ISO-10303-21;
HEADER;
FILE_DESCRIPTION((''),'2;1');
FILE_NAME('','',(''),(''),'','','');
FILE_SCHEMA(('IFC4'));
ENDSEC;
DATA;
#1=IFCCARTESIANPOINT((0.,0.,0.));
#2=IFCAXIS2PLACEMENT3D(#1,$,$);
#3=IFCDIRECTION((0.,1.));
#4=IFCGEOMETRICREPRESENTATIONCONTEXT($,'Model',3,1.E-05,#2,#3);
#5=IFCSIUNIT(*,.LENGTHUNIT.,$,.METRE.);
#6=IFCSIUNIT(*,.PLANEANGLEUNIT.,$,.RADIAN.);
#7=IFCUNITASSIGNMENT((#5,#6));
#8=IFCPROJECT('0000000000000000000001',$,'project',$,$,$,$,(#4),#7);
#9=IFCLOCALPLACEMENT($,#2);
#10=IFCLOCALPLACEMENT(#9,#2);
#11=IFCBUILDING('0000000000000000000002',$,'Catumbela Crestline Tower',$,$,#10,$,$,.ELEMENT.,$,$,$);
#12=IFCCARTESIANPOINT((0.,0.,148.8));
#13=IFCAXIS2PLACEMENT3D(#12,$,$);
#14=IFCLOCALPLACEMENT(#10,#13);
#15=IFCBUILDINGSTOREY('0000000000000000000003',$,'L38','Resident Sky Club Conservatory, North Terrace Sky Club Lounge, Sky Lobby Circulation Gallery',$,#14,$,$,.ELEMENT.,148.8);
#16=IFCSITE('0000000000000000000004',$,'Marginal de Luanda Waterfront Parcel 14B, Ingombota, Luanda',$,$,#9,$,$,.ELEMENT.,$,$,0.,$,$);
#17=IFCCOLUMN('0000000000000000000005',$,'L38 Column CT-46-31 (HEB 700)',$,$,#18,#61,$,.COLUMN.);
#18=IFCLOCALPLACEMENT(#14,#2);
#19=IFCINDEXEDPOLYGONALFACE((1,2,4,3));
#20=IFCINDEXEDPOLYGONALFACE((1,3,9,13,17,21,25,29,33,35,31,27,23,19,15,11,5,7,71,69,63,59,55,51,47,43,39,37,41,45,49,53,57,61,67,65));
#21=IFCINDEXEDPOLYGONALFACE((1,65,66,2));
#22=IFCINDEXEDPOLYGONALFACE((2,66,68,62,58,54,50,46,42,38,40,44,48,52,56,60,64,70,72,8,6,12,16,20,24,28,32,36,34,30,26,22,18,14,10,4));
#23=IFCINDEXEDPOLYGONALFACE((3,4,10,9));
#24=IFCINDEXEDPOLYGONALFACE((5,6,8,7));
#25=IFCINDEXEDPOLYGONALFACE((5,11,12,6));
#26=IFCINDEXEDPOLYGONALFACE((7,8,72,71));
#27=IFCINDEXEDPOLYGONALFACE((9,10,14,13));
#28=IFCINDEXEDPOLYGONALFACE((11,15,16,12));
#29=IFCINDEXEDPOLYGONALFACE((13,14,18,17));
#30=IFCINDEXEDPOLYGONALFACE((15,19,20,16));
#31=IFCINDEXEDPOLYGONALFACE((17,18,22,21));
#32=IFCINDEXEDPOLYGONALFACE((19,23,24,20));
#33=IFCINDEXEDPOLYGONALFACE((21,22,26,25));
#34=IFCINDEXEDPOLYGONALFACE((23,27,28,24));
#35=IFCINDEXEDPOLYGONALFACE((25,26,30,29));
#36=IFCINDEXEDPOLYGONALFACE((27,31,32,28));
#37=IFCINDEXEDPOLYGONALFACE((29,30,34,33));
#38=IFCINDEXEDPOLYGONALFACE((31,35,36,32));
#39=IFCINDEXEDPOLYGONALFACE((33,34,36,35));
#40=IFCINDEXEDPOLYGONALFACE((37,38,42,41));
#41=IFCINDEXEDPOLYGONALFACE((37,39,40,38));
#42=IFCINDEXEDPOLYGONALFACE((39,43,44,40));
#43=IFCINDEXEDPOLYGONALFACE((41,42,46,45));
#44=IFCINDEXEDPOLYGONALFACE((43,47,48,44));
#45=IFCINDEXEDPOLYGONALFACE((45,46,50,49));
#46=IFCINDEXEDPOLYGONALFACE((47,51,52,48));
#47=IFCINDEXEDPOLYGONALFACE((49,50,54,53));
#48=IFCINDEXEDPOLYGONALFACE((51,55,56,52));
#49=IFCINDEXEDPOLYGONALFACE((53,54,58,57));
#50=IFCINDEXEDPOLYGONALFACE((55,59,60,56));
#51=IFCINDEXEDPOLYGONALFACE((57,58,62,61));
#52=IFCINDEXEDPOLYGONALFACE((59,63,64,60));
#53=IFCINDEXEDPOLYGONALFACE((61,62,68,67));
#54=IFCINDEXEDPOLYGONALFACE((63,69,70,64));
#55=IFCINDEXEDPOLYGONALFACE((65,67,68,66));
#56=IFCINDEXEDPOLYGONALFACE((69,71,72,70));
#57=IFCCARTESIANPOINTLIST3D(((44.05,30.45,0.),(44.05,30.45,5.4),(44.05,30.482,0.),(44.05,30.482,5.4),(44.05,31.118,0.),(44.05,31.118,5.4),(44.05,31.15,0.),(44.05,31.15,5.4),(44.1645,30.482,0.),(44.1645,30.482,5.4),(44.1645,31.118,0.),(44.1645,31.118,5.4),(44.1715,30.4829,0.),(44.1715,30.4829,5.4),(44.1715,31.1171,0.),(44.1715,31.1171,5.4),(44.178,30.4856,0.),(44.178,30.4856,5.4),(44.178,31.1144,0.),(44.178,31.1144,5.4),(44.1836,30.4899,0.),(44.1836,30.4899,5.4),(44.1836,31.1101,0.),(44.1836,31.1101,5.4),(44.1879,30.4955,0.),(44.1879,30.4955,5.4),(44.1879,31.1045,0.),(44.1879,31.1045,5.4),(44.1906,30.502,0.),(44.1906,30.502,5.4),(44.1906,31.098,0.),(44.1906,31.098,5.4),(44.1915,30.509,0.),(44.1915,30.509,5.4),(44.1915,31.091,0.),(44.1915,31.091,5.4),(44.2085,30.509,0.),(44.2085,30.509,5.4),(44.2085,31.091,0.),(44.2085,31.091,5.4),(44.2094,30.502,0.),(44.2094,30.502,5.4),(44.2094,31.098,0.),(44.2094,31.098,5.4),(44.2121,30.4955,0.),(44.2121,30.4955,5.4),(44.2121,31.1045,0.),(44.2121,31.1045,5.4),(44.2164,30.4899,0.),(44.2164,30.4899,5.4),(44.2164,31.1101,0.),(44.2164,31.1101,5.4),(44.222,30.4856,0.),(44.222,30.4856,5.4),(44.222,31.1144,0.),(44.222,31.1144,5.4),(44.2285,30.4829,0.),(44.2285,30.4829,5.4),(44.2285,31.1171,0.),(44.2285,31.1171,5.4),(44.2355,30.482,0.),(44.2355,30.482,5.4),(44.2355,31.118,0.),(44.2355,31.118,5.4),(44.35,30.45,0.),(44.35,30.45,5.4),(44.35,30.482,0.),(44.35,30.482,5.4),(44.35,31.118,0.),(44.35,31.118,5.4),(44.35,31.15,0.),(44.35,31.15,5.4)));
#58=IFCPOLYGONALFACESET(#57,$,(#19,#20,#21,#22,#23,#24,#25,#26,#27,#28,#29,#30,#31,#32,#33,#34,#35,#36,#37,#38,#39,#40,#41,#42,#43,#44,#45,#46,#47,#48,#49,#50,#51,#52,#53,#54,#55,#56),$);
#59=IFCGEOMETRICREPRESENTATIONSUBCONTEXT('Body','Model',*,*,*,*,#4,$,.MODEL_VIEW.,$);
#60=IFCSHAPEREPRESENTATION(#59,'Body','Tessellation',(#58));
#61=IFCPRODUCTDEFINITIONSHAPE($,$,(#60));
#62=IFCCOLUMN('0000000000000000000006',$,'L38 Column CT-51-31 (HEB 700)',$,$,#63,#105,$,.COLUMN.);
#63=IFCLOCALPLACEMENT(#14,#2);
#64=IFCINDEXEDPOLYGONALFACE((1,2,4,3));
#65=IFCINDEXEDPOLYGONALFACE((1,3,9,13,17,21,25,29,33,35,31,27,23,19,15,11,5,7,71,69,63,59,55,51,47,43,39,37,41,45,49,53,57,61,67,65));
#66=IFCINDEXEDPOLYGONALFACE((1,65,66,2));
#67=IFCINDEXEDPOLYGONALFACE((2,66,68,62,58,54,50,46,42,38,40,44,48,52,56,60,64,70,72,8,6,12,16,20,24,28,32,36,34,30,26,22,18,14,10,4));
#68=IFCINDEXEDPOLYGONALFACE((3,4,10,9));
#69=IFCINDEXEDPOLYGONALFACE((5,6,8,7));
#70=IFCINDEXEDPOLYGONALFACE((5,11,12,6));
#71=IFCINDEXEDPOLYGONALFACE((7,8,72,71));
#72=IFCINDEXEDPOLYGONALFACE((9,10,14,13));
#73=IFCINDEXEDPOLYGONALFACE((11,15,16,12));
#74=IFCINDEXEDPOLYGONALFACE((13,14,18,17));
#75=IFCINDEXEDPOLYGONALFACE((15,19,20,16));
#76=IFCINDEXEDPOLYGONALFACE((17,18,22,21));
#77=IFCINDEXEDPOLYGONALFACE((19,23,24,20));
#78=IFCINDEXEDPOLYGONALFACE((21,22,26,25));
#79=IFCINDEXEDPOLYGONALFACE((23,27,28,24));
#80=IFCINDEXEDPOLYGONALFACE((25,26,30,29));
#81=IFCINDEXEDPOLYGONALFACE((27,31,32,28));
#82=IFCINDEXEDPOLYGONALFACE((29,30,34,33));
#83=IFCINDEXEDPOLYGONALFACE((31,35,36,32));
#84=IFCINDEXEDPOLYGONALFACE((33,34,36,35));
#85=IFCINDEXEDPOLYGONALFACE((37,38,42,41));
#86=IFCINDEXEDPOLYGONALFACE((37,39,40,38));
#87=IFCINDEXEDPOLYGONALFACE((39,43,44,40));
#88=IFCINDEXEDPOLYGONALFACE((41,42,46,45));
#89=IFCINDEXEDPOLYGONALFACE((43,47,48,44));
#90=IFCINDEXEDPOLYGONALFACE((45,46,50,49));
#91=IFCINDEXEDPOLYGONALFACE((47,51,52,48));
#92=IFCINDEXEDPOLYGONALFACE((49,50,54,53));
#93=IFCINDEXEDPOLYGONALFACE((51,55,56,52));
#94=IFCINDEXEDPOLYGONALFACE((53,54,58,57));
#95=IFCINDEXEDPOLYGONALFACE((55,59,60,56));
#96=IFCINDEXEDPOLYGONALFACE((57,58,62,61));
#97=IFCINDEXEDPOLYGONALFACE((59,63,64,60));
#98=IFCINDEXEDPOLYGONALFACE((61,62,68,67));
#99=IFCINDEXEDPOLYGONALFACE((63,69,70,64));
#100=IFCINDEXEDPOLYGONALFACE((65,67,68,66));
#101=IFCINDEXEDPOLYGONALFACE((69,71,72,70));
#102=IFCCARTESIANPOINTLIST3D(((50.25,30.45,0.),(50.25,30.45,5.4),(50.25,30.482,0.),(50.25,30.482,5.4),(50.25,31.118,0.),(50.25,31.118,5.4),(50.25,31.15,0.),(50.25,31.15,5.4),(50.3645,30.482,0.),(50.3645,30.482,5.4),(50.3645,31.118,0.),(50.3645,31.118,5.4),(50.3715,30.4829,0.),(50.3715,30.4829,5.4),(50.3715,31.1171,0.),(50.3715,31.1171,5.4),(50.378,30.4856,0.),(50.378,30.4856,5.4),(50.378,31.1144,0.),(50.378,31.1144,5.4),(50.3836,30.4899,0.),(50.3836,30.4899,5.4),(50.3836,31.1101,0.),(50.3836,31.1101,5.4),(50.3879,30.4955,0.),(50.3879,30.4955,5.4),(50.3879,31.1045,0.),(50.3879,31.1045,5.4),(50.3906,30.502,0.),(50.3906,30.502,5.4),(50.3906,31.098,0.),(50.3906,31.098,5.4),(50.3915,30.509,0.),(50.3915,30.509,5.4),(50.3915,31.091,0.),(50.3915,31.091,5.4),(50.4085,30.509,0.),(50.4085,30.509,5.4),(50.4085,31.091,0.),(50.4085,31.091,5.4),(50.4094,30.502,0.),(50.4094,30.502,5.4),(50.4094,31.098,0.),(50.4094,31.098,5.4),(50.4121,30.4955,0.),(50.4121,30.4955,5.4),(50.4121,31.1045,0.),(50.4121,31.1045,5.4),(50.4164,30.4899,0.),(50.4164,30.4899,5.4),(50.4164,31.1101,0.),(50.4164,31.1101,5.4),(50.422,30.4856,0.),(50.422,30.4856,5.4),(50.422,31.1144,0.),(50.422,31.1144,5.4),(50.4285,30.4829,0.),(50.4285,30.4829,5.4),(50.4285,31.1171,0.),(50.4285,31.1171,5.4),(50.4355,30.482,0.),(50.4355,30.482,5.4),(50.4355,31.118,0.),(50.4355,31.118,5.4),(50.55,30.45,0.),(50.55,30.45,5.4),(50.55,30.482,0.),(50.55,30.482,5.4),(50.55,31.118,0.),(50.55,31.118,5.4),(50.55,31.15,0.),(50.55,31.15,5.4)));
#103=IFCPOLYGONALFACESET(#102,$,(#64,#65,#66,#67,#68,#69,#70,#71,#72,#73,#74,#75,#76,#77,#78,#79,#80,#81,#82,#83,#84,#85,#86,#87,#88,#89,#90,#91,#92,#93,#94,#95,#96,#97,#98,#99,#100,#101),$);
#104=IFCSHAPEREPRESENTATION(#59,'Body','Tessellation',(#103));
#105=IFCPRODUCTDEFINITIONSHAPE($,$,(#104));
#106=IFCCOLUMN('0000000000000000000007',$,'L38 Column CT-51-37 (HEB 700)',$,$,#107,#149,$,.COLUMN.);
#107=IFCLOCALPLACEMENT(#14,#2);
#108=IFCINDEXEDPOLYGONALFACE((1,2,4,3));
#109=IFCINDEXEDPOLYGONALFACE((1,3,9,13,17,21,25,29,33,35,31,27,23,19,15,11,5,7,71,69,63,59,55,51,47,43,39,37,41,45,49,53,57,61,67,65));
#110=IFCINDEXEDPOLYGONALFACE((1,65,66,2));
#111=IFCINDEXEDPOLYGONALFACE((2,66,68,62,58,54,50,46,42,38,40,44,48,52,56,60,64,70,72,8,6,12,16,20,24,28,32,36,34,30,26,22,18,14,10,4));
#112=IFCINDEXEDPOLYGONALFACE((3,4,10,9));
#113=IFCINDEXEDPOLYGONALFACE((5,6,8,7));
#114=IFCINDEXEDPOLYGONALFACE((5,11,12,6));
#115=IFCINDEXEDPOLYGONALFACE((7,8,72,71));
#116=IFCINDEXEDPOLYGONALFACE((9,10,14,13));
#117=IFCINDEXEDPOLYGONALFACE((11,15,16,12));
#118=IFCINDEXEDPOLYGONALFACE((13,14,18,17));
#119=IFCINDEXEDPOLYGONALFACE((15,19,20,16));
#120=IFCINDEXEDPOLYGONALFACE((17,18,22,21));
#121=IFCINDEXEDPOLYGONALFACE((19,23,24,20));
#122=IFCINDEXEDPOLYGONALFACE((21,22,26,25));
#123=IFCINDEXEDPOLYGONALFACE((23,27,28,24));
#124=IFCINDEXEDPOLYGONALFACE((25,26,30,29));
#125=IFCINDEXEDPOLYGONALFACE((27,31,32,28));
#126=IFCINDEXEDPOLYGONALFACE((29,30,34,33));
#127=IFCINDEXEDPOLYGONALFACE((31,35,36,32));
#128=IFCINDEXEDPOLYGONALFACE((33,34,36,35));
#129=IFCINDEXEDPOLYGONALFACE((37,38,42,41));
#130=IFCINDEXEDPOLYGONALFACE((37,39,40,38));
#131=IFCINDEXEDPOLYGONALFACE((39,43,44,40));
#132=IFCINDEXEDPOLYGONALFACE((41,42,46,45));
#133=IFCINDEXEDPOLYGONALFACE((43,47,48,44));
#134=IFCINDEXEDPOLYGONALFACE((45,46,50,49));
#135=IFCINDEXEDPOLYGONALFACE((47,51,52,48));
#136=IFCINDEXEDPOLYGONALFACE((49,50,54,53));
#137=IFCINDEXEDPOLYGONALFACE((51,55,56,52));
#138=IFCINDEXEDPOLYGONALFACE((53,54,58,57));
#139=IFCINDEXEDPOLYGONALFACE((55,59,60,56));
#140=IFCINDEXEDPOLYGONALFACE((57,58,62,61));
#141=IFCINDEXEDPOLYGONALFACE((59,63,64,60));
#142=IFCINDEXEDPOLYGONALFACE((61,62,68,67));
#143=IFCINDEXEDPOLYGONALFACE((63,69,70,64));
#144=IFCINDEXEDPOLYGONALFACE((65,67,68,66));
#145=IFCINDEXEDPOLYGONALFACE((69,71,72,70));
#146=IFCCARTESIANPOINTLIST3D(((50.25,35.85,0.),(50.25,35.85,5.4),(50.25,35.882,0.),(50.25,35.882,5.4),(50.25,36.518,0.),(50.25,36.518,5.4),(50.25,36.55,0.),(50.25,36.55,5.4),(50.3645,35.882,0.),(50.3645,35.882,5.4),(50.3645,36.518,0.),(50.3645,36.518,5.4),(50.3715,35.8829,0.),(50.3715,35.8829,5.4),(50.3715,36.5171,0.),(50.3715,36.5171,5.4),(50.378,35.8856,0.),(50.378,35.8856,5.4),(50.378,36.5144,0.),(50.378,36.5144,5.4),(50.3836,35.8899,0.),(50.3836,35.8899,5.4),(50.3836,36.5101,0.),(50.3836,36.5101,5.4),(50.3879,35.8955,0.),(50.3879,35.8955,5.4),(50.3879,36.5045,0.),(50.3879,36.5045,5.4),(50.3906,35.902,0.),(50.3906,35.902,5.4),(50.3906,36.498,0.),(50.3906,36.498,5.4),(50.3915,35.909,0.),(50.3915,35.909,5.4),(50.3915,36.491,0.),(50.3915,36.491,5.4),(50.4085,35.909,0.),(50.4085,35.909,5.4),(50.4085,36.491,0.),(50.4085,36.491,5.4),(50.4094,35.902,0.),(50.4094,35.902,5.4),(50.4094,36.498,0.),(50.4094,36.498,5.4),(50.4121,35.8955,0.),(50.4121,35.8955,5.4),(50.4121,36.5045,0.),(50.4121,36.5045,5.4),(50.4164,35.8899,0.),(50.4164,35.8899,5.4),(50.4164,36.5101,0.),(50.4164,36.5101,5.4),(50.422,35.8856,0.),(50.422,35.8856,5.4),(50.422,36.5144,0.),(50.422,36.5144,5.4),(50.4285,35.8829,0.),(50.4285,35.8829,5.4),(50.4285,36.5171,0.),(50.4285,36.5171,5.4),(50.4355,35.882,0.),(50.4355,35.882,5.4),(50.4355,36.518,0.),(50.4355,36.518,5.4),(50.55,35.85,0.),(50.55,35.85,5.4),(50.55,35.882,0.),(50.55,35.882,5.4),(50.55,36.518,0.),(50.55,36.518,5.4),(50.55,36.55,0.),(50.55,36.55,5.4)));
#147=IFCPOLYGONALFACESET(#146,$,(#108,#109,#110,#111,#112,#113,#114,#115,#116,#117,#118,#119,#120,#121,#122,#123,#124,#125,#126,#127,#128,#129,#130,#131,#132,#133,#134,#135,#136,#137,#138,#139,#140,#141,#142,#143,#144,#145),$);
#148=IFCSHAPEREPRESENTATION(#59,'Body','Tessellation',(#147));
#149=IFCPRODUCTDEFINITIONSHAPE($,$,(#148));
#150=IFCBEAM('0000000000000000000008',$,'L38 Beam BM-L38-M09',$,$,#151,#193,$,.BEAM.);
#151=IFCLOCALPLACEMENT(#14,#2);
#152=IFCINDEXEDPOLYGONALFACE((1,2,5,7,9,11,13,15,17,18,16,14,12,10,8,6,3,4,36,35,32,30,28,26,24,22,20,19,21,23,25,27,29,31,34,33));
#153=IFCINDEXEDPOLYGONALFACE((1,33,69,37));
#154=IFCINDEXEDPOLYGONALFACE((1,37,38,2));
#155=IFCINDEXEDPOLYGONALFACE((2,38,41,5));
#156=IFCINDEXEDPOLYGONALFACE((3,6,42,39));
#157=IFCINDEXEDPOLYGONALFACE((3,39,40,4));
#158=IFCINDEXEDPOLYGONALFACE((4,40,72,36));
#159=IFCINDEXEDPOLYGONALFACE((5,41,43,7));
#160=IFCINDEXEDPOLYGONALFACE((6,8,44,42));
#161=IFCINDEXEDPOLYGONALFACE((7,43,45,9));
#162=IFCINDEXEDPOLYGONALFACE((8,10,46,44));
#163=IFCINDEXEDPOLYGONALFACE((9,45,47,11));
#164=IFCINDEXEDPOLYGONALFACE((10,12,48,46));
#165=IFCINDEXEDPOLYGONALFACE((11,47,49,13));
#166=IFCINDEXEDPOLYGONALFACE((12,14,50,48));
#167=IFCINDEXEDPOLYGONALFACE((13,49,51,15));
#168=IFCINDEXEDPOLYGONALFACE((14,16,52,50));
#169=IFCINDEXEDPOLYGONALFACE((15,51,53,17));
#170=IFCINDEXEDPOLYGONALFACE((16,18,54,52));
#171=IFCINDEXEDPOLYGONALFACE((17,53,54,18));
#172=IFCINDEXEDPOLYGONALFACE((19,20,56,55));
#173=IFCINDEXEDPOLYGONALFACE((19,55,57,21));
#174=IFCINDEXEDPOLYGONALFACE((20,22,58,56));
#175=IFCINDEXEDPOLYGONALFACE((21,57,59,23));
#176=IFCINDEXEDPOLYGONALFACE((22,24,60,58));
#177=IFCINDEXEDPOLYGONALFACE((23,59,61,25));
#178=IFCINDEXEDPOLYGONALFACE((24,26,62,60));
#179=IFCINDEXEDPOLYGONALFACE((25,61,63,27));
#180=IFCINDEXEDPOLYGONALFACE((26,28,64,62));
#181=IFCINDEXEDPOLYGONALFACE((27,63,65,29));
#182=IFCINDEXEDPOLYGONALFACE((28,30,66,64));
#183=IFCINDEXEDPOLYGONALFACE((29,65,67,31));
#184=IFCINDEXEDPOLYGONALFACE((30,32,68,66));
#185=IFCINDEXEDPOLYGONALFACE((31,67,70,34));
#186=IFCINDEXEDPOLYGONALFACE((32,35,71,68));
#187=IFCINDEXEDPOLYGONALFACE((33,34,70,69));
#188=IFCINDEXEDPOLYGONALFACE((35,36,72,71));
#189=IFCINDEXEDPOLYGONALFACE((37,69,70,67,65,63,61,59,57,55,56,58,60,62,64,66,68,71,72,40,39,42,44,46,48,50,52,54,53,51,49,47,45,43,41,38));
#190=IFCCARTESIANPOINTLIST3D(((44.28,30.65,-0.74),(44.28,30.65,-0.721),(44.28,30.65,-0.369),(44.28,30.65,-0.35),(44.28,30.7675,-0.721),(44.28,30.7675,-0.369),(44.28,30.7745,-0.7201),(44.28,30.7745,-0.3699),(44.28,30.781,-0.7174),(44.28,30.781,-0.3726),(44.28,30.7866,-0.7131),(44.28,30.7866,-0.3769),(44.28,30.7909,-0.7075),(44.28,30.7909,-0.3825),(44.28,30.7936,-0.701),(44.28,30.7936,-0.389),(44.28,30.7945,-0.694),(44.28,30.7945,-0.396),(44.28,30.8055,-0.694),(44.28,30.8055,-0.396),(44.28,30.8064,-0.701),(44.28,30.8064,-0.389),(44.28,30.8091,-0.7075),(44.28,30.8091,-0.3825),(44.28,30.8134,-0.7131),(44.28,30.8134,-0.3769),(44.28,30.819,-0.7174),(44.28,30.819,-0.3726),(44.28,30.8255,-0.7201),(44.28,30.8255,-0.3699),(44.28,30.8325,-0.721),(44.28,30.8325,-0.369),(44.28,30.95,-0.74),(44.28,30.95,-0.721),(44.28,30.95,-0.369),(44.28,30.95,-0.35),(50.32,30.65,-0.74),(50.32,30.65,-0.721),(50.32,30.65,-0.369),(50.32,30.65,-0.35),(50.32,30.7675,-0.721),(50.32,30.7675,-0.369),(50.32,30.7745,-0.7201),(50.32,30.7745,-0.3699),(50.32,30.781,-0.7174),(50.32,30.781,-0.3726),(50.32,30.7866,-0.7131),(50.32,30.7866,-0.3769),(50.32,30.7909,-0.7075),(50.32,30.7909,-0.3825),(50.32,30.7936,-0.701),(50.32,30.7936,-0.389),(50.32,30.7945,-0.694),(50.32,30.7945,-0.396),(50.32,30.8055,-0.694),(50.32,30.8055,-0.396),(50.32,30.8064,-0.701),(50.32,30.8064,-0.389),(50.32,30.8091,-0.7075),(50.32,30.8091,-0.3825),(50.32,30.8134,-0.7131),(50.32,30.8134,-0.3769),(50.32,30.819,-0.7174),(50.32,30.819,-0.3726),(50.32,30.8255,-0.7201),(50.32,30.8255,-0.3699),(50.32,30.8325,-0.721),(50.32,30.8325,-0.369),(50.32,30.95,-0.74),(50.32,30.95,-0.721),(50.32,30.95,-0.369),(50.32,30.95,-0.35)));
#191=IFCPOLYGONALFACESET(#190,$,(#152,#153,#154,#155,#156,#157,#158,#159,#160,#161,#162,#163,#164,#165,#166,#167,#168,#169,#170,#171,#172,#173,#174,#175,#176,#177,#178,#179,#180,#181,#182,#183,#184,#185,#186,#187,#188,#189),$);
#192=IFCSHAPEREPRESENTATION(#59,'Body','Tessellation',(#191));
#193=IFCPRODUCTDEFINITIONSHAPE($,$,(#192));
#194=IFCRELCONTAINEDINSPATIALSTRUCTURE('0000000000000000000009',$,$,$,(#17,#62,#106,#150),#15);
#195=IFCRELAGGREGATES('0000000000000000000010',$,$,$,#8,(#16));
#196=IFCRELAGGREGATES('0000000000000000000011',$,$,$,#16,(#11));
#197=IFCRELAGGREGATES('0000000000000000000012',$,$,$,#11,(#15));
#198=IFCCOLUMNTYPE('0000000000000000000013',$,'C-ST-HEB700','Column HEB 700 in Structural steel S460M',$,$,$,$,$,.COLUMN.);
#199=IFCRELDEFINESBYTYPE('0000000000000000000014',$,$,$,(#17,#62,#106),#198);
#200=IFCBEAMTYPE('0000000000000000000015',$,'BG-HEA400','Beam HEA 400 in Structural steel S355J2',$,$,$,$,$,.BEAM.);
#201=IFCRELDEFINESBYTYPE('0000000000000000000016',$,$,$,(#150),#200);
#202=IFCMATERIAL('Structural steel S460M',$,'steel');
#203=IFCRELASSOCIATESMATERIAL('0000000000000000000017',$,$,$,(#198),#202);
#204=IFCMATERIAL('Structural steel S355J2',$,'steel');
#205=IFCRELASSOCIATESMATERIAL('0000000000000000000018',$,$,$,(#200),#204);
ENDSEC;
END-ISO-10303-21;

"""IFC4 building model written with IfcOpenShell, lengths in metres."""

from ifc_helpers import new_model, si_unit, direction, frame, origin, origin_2d, place, context, subcontext, project, spatial, i_section, extrude, material, material_profile, profile_set, type_object, element, save


model = new_model("IFC4")

# Units and contexts
model_context = context("Model", 3, precision=1e-05, world=origin(), true_north=direction((0.0, 1.0)))
body_context = subcontext(model_context, "Body", "Model", "MODEL_VIEW")
ifc_project = project(units=[si_unit("LENGTHUNIT", "METRE"), si_unit("PLANEANGLEUNIT", "RADIAN")], contexts=[model_context])

# Site, building, storey
site_placement = place(None, origin())
site = spatial("IfcSite", under=ifc_project, at=site_placement, Name="Marginal de Luanda Waterfront Parcel 14B, Ingombota, Luanda", CompositionType="ELEMENT", RefElevation=0.0)
building_placement = place(site_placement, origin())
building = spatial("IfcBuilding", under=site, at=building_placement, Name="Catumbela Crestline Tower", CompositionType="ELEMENT")
storey_placement = place(building_placement, frame((0.0, 0.0, 148.8)))
storey = spatial("IfcBuildingStorey", under=building, at=storey_placement, Name="L38", Description="Resident Sky Club Conservatory, North Terrace Sky Club Lounge, Sky Lobby Circulation Gallery", CompositionType="ELEMENT", Elevation=148.8)

# Columns
ifc_material_1 = material(Name="Structural steel S460M", Category="steel")
ifc_material_profile_1 = material_profile(ifc_material_1, i_section(OverallWidth=0.3, OverallDepth=0.7, WebThickness=0.017, FlangeThickness=0.032, FilletRadius=0.027, at=origin_2d()), Name="HEB 700")
ifc_profile_set_1 = profile_set([ifc_material_profile_1], Name="Structural steel S460M")
column_type = type_object("IfcColumnType", Name="C-ST-HEB700", Description="Column HEB 700 in Structural steel S460M", PredefinedType="COLUMN", material=ifc_profile_set_1)
for number, where, z_axis, x_axis, name in (
    (1, (44.2, 30.8, 0.0), (0.0, 0.0, 1.0), (1.0, 0.0, 0.0), "L38 Column CT-46-31 (HEB 700)"),
    (2, (50.4, 30.8, 0.0), (0.0, 0.0, 1.0), (1.0, 0.0, 0.0), "L38 Column CT-51-31 (HEB 700)"),
    (3, (50.4, 36.2, 0.0), (0.0, 0.0, 1.0), (1.0, 0.0, 0.0), "L38 Column CT-51-37 (HEB 700)"),
):
    element("IfcColumn", number, at=place(storey_placement, frame(where, z_axis=z_axis, x_axis=x_axis)), inside=storey, type_object=column_type, Name=name, PredefinedType="COLUMN", context=body_context, shape_type="SweptSolid", body=[
        extrude(i_section(OverallWidth=0.3, OverallDepth=0.7, WebThickness=0.017, FlangeThickness=0.032, FilletRadius=0.027, at=origin_2d()), origin(), (0.0, 0.0, 1.0), 5.4),
    ])

# Beam
ifc_material_2 = material(Name="Structural steel S355J2", Category="steel")
ifc_material_profile_2 = material_profile(ifc_material_2, i_section(OverallWidth=0.3, OverallDepth=0.39, WebThickness=0.011, FlangeThickness=0.019, FilletRadius=0.027, at=origin_2d()), Name="HEA 400")
ifc_profile_set_2 = profile_set([ifc_material_profile_2], Name="Structural steel S355J2")
beam_type_1 = type_object("IfcBeamType", Name="BG-HEA400", Description="Beam HEA 400 in Structural steel S355J2", PredefinedType="BEAM", material=ifc_profile_set_2)
beam_1_placement = place(storey_placement, frame((44.28, 30.8, -0.545), z_axis=(1.0, 0.0, 0.0), x_axis=(0.0, 1.0, 0.0)))
element("IfcBeam", 4, at=beam_1_placement, inside=storey, type_object=beam_type_1, Name="L38 Beam BM-L38-M09", PredefinedType="BEAM", context=body_context, shape_type="SweptSolid", body=[
    extrude(i_section(OverallWidth=0.3, OverallDepth=0.39, WebThickness=0.011, FlangeThickness=0.019, FilletRadius=0.027, at=origin_2d()), origin(), (0.0, 0.0, 1.0), 6.04),
])

save(model, "model.ifc")
